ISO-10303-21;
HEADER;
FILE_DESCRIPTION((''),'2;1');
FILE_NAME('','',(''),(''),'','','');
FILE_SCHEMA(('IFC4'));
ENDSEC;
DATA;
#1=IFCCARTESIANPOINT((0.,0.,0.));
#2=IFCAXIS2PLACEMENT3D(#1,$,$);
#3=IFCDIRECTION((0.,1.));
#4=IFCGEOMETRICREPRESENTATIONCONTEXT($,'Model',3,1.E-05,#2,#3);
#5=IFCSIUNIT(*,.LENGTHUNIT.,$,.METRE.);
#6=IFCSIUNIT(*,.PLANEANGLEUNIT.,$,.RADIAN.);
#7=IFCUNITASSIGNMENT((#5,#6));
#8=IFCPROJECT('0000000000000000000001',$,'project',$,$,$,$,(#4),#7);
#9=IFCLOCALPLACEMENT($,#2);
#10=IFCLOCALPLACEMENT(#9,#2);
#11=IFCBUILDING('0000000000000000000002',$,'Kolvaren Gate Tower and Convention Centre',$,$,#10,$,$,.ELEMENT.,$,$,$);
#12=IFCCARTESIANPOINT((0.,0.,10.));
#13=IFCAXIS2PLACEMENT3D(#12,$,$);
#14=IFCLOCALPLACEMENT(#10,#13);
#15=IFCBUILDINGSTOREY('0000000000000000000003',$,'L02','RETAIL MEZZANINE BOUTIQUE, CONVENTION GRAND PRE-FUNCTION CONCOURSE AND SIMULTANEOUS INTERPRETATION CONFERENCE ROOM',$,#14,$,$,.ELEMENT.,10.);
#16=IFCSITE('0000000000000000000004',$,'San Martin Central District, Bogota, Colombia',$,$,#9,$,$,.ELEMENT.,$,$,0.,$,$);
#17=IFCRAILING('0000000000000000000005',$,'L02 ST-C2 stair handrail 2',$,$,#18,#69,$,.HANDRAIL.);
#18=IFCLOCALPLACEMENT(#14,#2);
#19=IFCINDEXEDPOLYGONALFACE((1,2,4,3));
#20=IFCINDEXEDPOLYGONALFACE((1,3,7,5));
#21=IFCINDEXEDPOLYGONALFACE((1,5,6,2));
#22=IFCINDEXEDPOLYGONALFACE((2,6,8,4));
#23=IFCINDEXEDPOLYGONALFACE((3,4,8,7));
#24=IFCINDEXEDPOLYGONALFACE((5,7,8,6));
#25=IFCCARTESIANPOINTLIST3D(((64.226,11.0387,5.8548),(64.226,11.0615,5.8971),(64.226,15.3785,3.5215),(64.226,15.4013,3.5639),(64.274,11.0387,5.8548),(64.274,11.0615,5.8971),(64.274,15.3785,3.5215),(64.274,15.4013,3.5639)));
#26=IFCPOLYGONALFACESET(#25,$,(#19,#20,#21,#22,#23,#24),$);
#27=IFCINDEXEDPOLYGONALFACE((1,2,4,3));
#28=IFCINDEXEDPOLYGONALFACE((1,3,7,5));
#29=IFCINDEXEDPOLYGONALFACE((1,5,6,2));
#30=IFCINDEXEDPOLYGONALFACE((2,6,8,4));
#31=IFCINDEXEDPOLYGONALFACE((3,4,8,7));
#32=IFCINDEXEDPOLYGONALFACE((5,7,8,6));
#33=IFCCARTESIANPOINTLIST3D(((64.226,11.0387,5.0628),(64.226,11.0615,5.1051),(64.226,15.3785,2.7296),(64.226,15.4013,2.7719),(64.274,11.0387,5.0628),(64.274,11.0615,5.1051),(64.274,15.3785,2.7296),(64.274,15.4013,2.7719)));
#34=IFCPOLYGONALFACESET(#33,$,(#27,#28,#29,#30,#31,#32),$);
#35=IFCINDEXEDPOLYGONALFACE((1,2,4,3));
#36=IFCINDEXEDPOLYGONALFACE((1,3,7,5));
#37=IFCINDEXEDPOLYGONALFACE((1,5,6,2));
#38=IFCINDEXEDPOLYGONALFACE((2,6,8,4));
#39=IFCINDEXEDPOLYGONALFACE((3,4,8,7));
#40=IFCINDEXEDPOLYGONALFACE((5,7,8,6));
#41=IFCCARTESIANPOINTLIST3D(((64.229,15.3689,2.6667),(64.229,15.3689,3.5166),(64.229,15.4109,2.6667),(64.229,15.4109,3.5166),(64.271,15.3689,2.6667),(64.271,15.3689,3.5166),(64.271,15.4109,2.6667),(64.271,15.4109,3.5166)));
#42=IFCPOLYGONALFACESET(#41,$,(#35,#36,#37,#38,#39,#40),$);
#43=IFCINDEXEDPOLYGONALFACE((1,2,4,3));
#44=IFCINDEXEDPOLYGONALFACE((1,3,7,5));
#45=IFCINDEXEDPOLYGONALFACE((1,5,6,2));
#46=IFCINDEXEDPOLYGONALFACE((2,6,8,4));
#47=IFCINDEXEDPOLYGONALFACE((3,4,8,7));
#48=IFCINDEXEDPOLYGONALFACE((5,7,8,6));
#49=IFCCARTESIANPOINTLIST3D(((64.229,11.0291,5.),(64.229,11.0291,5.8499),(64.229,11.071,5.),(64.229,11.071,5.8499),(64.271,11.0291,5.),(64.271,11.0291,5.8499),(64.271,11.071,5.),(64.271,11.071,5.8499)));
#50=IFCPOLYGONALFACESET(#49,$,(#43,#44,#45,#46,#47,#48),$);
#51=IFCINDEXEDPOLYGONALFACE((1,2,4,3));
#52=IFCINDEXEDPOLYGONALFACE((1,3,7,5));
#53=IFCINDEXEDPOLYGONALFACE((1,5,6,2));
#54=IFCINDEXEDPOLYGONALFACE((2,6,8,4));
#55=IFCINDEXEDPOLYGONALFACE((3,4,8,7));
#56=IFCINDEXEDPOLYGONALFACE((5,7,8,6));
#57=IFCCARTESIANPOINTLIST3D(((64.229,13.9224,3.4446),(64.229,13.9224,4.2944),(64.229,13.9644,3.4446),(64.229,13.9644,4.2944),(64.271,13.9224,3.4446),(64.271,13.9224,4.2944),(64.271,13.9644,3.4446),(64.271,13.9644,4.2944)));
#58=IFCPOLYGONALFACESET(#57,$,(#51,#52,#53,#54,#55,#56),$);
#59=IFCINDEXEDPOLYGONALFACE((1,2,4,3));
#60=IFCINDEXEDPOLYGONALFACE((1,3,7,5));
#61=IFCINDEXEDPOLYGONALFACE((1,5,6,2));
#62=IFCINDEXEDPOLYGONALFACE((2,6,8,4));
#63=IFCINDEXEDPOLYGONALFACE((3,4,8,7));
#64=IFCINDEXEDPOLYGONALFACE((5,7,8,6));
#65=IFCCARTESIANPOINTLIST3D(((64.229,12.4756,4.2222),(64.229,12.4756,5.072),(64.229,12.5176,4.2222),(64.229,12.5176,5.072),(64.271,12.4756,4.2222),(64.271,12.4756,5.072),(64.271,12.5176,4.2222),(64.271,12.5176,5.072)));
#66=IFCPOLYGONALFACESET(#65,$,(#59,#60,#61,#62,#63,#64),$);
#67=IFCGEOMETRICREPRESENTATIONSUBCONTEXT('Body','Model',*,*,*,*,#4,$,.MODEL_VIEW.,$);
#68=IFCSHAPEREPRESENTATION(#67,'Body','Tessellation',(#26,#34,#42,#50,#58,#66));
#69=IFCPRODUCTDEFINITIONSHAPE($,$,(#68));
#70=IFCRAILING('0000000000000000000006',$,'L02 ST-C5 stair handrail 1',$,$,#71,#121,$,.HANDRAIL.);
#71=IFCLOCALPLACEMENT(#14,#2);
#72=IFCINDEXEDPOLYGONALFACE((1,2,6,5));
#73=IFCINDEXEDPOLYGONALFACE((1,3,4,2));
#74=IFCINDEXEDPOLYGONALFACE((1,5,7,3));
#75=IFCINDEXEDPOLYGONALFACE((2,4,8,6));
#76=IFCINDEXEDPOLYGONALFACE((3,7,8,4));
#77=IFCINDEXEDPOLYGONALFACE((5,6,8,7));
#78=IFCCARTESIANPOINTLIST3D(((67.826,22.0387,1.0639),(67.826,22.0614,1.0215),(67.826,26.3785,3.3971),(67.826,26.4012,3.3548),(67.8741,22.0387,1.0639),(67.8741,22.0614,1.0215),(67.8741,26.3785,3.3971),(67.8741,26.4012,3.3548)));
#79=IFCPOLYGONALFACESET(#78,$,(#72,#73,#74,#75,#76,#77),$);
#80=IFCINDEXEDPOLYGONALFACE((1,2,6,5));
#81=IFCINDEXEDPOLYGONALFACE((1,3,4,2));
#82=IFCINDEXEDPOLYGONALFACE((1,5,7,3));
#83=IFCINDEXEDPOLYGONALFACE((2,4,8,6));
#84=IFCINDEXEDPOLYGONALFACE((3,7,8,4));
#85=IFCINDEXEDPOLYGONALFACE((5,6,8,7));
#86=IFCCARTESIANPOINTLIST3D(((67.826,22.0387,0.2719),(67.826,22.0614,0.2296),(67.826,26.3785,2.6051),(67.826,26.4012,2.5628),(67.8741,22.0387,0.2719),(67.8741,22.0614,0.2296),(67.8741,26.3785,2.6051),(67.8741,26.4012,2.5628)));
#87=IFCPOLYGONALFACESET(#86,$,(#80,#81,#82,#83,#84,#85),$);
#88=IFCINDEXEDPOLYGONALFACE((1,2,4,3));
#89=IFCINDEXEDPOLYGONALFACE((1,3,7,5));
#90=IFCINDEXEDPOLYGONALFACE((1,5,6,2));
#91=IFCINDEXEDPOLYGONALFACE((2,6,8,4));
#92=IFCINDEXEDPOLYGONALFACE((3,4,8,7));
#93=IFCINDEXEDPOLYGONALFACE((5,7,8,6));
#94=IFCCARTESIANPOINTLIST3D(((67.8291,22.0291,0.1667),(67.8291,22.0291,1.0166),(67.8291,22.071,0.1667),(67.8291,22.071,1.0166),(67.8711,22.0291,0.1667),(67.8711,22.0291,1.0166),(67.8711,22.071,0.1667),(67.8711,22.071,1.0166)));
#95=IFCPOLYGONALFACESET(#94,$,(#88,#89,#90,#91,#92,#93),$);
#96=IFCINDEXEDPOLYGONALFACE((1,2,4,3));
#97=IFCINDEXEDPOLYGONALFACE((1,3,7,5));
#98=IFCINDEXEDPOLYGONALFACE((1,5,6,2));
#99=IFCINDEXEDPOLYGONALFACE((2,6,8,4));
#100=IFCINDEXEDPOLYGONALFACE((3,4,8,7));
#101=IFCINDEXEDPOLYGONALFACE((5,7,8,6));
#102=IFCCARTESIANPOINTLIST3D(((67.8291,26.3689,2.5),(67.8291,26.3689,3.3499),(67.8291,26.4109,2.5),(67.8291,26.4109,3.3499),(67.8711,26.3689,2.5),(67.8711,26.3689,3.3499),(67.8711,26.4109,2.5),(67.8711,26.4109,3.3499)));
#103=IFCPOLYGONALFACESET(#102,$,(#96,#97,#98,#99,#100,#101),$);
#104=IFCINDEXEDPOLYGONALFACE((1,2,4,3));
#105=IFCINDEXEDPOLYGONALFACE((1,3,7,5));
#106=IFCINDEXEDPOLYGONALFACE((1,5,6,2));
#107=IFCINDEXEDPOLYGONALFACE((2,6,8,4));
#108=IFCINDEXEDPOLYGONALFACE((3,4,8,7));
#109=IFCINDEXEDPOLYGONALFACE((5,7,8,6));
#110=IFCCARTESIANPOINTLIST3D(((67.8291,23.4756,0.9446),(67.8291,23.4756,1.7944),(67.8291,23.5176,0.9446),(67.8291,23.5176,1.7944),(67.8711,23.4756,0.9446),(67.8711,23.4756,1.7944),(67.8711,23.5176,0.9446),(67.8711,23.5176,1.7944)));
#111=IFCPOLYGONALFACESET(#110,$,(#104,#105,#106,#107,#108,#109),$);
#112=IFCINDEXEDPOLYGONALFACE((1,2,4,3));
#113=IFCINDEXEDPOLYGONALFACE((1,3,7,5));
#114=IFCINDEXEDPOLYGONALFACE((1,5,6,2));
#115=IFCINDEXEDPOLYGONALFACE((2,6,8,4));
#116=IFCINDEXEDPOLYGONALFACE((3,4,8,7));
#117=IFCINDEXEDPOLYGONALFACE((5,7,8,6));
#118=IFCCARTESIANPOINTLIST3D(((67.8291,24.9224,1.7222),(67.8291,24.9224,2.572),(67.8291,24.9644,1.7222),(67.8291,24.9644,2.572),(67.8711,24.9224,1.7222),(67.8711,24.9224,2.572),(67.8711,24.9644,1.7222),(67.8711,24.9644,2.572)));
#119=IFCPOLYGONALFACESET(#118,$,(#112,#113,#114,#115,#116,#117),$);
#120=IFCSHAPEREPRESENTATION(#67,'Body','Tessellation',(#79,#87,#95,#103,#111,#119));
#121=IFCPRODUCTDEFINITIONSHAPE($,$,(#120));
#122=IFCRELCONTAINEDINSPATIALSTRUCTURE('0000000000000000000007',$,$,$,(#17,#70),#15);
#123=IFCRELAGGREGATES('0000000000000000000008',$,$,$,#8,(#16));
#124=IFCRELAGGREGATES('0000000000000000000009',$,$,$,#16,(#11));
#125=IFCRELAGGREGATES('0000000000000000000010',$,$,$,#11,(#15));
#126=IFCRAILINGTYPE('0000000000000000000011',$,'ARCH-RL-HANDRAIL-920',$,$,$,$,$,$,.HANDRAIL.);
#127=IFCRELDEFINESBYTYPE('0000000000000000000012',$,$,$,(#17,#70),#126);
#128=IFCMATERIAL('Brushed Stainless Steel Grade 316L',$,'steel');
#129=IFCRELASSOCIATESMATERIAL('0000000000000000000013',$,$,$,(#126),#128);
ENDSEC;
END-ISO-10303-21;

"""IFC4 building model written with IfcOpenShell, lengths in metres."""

from ifc_helpers import new_model, si_unit, direction, frame, origin, origin_2d, place, context, subcontext, project, spatial, rectangle, extrude, material, type_object, element, save


model = new_model("IFC4")

# Units and contexts
model_context = context("Model", 3, precision=1e-05, world=origin(), true_north=direction((0.0, 1.0)))
body_context = subcontext(model_context, "Body", "Model", "MODEL_VIEW")
ifc_project = project(units=[si_unit("LENGTHUNIT", "METRE"), si_unit("PLANEANGLEUNIT", "RADIAN")], contexts=[model_context])

# Site, building, storey
site_placement = place(None, origin())
site = spatial("IfcSite", under=ifc_project, at=site_placement, Name="San Martin Central District, Bogota, Colombia", CompositionType="ELEMENT", RefElevation=0.0)
building_placement = place(site_placement, origin())
building = spatial("IfcBuilding", under=site, at=building_placement, Name="Kolvaren Gate Tower and Convention Centre", CompositionType="ELEMENT")
storey_placement = place(building_placement, frame((0.0, 0.0, 10.0)))
storey = spatial("IfcBuildingStorey", under=building, at=storey_placement, Name="L02", Description="RETAIL MEZZANINE BOUTIQUE, CONVENTION GRAND PRE-FUNCTION CONCOURSE AND SIMULTANEOUS INTERPRETATION CONFERENCE ROOM", CompositionType="ELEMENT", Elevation=10.0)

# Railings
ifc_material_1 = material(Name="Brushed Stainless Steel Grade 316L", Category="steel")
railing_type_1 = type_object("IfcRailingType", Name="ARCH-RL-HANDRAIL-920", PredefinedType="HANDRAIL", material=ifc_material_1)
railing_1_placement = place(storey_placement, frame((64.25, 15.3899, 2.6667)))
element("IfcRailing", 1, at=railing_1_placement, inside=storey, type_object=railing_type_1, Name="L02 ST-C2 stair handrail 2", PredefinedType="HANDRAIL", context=body_context, shape_type="SweptSolid", body=[
    extrude(rectangle(XDim=0.0481, YDim=0.0481, at=origin_2d()), frame((0.0, 0.0, 0.876), z_axis=(0.0, -0.880775, 0.473535), x_axis=(1.0, 0.0, 0.0)), (0.0, 0.0, 1.0), 4.9272),
    extrude(rectangle(XDim=0.0481, YDim=0.0481, at=origin_2d()), frame((0.0, 0.0, 0.084), z_axis=(0.0, -0.880775, 0.473535), x_axis=(1.0, 0.0, 0.0)), (0.0, 0.0, 1.0), 4.9272),
    extrude(rectangle(XDim=0.042, YDim=0.042, at=origin_2d()), origin(), (0.0, 0.0, 1.0), 0.8499),
    extrude(rectangle(XDim=0.042, YDim=0.042, at=origin_2d()), frame((0.0, -4.3398, 2.3333)), (0.0, 0.0, 1.0), 0.8499),
    extrude(rectangle(XDim=0.042, YDim=0.042, at=origin_2d()), frame((0.0, -1.4465, 0.7778)), (0.0, 0.0, 1.0), 0.8499),
    extrude(rectangle(XDim=0.042, YDim=0.042, at=origin_2d()), frame((0.0, -2.8933, 1.5554)), (0.0, 0.0, 1.0), 0.8499),
])
railing_2_placement = place(storey_placement, frame((67.8501, 22.05, 0.1667)))
element("IfcRailing", 2, at=railing_2_placement, inside=storey, type_object=railing_type_1, Name="L02 ST-C5 stair handrail 1", PredefinedType="HANDRAIL", context=body_context, shape_type="SweptSolid", body=[
    extrude(rectangle(XDim=0.0481, YDim=0.0481, at=origin_2d()), frame((0.0, 0.0, 0.876), z_axis=(0.0, 0.880775, 0.473535), x_axis=(-1.0, 0.0, 0.0)), (0.0, 0.0, 1.0), 4.9272),
    extrude(rectangle(XDim=0.0481, YDim=0.0481, at=origin_2d()), frame((0.0, 0.0, 0.084), z_axis=(0.0, 0.880775, 0.473535), x_axis=(-1.0, 0.0, 0.0)), (0.0, 0.0, 1.0), 4.9272),
    extrude(rectangle(XDim=0.042, YDim=0.042, at=origin_2d()), origin(), (0.0, 0.0, 1.0), 0.8499),
    extrude(rectangle(XDim=0.042, YDim=0.042, at=origin_2d()), frame((0.0, 4.3398, 2.3333)), (0.0, 0.0, 1.0), 0.8499),
    extrude(rectangle(XDim=0.042, YDim=0.042, at=origin_2d()), frame((0.0, 1.4465, 0.7778)), (0.0, 0.0, 1.0), 0.8499),
    extrude(rectangle(XDim=0.042, YDim=0.042, at=origin_2d()), frame((0.0, 2.8933, 1.5554)), (0.0, 0.0, 1.0), 0.8499),
])

save(model, "model.ifc")
